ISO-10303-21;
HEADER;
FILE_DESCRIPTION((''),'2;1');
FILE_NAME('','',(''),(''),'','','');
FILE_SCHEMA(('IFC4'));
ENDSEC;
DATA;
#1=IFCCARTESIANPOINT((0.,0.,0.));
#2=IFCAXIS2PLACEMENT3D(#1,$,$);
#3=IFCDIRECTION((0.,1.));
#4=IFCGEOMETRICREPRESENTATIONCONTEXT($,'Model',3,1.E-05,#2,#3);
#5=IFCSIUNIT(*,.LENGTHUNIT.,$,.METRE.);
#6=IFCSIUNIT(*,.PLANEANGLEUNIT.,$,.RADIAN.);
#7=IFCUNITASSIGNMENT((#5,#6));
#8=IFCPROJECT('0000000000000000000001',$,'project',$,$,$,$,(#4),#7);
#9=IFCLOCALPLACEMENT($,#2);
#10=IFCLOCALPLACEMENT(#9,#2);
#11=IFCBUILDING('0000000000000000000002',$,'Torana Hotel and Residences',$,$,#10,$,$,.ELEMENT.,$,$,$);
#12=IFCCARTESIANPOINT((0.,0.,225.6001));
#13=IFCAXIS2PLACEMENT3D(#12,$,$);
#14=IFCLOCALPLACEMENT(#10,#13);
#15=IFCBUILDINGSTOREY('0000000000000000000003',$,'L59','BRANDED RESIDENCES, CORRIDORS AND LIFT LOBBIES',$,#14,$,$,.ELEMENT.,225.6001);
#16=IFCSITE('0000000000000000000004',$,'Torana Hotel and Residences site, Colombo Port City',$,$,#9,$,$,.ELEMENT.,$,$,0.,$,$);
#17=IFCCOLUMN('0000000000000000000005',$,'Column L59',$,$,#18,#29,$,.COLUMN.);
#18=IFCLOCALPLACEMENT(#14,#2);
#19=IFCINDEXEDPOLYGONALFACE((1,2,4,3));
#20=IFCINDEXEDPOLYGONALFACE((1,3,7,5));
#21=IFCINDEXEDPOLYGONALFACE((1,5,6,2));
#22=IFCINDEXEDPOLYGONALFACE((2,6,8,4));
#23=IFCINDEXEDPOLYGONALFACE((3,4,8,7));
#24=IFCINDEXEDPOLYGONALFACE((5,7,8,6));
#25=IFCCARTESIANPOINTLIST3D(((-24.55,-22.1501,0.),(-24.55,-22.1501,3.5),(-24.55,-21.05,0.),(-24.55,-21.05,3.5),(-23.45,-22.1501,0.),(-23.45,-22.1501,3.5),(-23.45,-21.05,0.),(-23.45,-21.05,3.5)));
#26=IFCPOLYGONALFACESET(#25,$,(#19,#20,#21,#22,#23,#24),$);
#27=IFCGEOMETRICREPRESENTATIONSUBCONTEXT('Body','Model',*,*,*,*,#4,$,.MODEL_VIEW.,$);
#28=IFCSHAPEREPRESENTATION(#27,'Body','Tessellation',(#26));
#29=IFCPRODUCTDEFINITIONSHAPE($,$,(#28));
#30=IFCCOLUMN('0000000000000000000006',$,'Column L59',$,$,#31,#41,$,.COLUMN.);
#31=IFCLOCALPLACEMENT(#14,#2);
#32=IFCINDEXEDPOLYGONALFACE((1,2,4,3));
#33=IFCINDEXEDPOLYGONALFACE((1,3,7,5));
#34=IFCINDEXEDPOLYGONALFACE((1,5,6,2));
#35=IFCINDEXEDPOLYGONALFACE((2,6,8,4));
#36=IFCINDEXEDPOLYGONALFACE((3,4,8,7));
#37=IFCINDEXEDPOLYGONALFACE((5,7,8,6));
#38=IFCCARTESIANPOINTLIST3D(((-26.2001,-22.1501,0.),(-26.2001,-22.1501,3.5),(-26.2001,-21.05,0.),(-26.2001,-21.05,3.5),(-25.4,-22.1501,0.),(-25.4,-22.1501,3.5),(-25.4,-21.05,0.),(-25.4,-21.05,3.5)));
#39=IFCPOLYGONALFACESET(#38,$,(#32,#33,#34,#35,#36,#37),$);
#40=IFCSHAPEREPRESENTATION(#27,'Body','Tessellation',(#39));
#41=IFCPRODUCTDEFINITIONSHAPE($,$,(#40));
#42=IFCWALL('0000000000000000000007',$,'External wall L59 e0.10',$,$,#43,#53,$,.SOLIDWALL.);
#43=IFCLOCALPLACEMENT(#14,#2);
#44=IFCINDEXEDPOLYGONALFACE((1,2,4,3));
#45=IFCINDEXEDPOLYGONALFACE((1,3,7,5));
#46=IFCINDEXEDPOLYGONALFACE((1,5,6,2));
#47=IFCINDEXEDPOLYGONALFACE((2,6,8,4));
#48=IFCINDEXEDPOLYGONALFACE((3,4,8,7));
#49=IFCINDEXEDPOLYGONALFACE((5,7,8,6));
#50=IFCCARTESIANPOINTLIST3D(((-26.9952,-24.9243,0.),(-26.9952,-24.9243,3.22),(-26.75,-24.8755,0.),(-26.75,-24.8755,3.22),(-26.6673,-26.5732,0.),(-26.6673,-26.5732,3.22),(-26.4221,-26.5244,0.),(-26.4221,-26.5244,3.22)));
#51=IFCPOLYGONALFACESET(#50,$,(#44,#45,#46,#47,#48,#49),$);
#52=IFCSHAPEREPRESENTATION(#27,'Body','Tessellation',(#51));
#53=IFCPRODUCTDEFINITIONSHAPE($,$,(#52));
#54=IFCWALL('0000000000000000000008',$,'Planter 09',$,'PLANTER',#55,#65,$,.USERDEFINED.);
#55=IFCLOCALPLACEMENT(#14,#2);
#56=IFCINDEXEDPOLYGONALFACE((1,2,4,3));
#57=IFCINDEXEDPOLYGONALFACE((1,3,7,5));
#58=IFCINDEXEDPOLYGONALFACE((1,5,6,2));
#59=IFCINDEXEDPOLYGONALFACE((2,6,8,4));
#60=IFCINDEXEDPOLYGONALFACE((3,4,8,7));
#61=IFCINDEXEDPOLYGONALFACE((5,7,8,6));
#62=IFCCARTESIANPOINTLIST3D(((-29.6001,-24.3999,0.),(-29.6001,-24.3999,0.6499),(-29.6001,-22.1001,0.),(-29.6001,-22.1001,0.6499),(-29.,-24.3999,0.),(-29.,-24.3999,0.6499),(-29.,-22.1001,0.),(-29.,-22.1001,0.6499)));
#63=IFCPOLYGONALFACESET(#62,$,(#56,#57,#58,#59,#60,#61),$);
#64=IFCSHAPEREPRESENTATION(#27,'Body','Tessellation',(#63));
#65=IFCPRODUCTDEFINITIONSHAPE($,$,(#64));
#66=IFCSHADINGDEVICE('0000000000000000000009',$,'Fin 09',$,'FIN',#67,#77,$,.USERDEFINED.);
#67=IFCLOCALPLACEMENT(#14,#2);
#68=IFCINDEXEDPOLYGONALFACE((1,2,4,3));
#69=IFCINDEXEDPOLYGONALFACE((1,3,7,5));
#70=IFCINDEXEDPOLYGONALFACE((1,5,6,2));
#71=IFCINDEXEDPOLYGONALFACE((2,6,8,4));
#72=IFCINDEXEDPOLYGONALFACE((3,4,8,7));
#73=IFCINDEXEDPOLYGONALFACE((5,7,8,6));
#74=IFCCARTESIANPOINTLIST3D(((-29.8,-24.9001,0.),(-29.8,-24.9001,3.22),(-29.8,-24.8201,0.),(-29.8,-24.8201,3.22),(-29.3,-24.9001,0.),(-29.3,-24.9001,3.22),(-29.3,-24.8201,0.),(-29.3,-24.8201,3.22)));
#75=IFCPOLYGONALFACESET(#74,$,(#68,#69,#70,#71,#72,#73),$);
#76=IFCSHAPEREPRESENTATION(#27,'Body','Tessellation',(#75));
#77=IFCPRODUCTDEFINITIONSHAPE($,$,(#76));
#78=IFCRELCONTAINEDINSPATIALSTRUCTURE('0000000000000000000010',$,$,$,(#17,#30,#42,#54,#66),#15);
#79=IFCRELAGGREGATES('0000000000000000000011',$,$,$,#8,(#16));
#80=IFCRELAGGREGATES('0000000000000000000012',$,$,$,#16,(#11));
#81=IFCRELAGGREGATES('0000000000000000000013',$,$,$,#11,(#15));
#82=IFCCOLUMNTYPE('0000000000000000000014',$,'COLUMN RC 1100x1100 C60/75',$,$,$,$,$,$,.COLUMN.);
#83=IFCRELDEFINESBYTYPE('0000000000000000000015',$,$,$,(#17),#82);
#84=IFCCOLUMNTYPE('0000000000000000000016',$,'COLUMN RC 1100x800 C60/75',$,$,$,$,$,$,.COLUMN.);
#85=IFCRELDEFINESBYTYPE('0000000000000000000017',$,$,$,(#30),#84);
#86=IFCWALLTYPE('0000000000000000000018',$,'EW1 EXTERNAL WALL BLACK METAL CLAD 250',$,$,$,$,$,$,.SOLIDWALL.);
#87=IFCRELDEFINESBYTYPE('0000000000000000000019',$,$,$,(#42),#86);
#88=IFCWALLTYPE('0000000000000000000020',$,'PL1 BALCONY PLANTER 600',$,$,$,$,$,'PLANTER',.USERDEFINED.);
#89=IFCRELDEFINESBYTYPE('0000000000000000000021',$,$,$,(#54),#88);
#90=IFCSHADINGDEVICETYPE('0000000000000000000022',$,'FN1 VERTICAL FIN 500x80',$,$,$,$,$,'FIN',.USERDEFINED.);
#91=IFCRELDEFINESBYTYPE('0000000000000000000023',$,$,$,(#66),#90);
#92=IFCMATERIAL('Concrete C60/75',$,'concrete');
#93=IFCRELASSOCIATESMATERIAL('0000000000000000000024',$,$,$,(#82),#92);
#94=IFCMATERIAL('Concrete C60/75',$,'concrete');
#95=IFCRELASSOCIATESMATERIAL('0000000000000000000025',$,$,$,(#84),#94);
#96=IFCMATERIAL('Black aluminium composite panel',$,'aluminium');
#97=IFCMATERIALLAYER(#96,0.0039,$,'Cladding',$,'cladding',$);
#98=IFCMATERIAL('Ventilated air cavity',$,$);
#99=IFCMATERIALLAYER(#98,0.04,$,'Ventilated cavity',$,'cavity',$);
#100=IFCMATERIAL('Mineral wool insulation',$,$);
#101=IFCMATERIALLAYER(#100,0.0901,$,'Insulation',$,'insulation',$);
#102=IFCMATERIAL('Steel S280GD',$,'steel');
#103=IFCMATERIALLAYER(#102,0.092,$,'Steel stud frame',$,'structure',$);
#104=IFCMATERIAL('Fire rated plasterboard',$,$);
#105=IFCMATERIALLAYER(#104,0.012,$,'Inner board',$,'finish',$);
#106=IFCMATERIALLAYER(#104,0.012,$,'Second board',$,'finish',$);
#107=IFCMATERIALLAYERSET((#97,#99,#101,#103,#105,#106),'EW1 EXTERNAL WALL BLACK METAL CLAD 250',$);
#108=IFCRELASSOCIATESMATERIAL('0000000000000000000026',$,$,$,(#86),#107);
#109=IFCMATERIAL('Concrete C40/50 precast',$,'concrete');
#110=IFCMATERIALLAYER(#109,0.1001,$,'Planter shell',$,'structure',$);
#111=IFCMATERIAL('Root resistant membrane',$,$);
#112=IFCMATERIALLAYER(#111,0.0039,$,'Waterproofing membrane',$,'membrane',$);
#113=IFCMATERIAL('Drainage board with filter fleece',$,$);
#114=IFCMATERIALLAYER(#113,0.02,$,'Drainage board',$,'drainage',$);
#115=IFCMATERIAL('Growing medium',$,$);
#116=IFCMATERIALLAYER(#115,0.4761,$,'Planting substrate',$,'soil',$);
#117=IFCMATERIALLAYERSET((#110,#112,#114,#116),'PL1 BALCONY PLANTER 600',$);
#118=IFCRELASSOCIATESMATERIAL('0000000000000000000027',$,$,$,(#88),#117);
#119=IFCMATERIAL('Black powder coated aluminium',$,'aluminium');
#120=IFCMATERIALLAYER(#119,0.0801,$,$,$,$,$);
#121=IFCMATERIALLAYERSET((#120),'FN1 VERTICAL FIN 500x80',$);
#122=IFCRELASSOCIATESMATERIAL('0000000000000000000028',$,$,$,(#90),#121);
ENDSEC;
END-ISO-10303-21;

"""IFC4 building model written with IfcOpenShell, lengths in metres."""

from ifc_helpers import new_model, si_unit, direction, frame, frame_2d, origin, origin_2d, place, context, subcontext, project, spatial, rectangle, extrude, material, layer, layer_set, material_profile, profile_set, type_object, element, save


model = new_model("IFC4")

# Units and contexts
model_context = context("Model", 3, precision=1e-05, world=origin(), true_north=direction((0.0, 1.0)))
body_context = subcontext(model_context, "Body", "Model", "MODEL_VIEW")
ifc_project = project(units=[si_unit("LENGTHUNIT", "METRE"), si_unit("PLANEANGLEUNIT", "RADIAN")], contexts=[model_context])

# Site, building, storey
site_placement = place(None, origin())
site = spatial("IfcSite", under=ifc_project, at=site_placement, Name="Torana Hotel and Residences site, Colombo Port City", CompositionType="ELEMENT", RefElevation=0.0)
building_placement = place(site_placement, origin())
building = spatial("IfcBuilding", under=site, at=building_placement, Name="Torana Hotel and Residences", CompositionType="ELEMENT")
storey_placement = place(building_placement, frame((0.0, 0.0, 225.6001)))
storey = spatial("IfcBuildingStorey", under=building, at=storey_placement, Name="L59", Description="BRANDED RESIDENCES, CORRIDORS AND LIFT LOBBIES", CompositionType="ELEMENT", Elevation=225.6001)

# Columns
ifc_material_1 = material(Name="Concrete C60/75", Category="concrete")
ifc_material_profile_1 = material_profile(ifc_material_1, rectangle(XDim=1.1001, YDim=1.1001, at=origin_2d()), Name="RC 1100x1100")
ifc_profile_set_1 = profile_set([ifc_material_profile_1], Name="Concrete C60/75")
column_type_1 = type_object("IfcColumnType", Name="COLUMN RC 1100x1100 C60/75", PredefinedType="COLUMN", material=ifc_profile_set_1)
column_1_placement = place(storey_placement, frame((-24.0, -21.6001, 0.0), z_axis=(0.0, 0.0, 1.0), x_axis=(1.0, 0.0, 0.0)))
element("IfcColumn", 1, at=column_1_placement, inside=storey, type_object=column_type_1, Name="Column L59", PredefinedType="COLUMN", context=body_context, shape_type="SweptSolid", body=[
    extrude(rectangle(XDim=1.1001, YDim=1.1001, at=origin_2d()), origin(), (0.0, 0.0, 1.0), 3.5),
])
ifc_material_2 = material(Name="Concrete C60/75", Category="concrete")
ifc_material_profile_2 = material_profile(ifc_material_2, rectangle(XDim=1.1001, YDim=0.8, at=origin_2d()), Name="RC 1100x800")
ifc_profile_set_2 = profile_set([ifc_material_profile_2], Name="Concrete C60/75")
column_type_2 = type_object("IfcColumnType", Name="COLUMN RC 1100x800 C60/75", PredefinedType="COLUMN", material=ifc_profile_set_2)
column_2_placement = place(storey_placement, frame((-25.8, -21.6001, 0.0), z_axis=(0.0, 0.0, 1.0), x_axis=(0.0, 1.0, 0.0)))
element("IfcColumn", 2, at=column_2_placement, inside=storey, type_object=column_type_2, Name="Column L59", PredefinedType="COLUMN", context=body_context, shape_type="SweptSolid", body=[
    extrude(rectangle(XDim=1.1001, YDim=0.8, at=origin_2d()), origin(), (0.0, 0.0, 1.0), 3.5),
])

# Walls
ifc_material_3 = material(Name="Black aluminium composite panel", Category="aluminium")
ifc_layer_1 = layer(ifc_material_3, 0.0039, Name="Cladding", Category="cladding")
ifc_material_4 = material(Name="Ventilated air cavity")
ifc_layer_2 = layer(ifc_material_4, 0.04, Name="Ventilated cavity", Category="cavity")
ifc_material_5 = material(Name="Mineral wool insulation")
ifc_layer_3 = layer(ifc_material_5, 0.0901, Name="Insulation", Category="insulation")
ifc_material_6 = material(Name="Steel S280GD", Category="steel")
ifc_layer_4 = layer(ifc_material_6, 0.092, Name="Steel stud frame", Category="structure")
ifc_material_7 = material(Name="Fire rated plasterboard")
ifc_layer_5 = layer(ifc_material_7, 0.012, Name="Inner board", Category="finish")
ifc_layer_6 = layer(ifc_material_7, 0.012, Name="Second board", Category="finish")
ifc_layer_set_1 = layer_set([ifc_layer_1, ifc_layer_2, ifc_layer_3, ifc_layer_4, ifc_layer_5, ifc_layer_6], Name="EW1 EXTERNAL WALL BLACK METAL CLAD 250")
wall_type_1 = type_object("IfcWallType", Name="EW1 EXTERNAL WALL BLACK METAL CLAD 250", PredefinedType="SOLIDWALL", material=ifc_layer_set_1)
wall_1_placement = place(storey_placement, frame((-26.8726, -24.8999, 0.0), z_axis=(0.0, 0.0, 1.0), x_axis=(0.195027, -0.980798, 0.0)))
element("IfcWall", 3, at=wall_1_placement, inside=storey, type_object=wall_type_1, Name="External wall L59 e0.10", PredefinedType="SOLIDWALL", context=body_context, shape_type="SweptSolid", body=[
    extrude(rectangle(XDim=1.6812, YDim=0.25, at=frame_2d((0.8406, 0.0))), origin(), (0.0, 0.0, 1.0), 3.22),
])
ifc_material_8 = material(Name="Concrete C40/50 precast", Category="concrete")
ifc_layer_7 = layer(ifc_material_8, 0.1001, Name="Planter shell", Category="structure")
ifc_material_9 = material(Name="Root resistant membrane")
ifc_layer_8 = layer(ifc_material_9, 0.0039, Name="Waterproofing membrane", Category="membrane")
ifc_material_10 = material(Name="Drainage board with filter fleece")
ifc_layer_9 = layer(ifc_material_10, 0.02, Name="Drainage board", Category="drainage")
ifc_material_11 = material(Name="Growing medium")
ifc_layer_10 = layer(ifc_material_11, 0.4761, Name="Planting substrate", Category="soil")
ifc_layer_set_2 = layer_set([ifc_layer_7, ifc_layer_8, ifc_layer_9, ifc_layer_10], Name="PL1 BALCONY PLANTER 600")
wall_type_2 = type_object("IfcWallType", Name="PL1 BALCONY PLANTER 600", ElementType="PLANTER", PredefinedType="USERDEFINED", material=ifc_layer_set_2)
wall_2_placement = place(storey_placement, frame((-29.3, -24.3999, 0.0), z_axis=(0.0, 0.0, 1.0), x_axis=(0.0, 1.0, 0.0)))
element("IfcWall", 4, at=wall_2_placement, inside=storey, type_object=wall_type_2, Name="Planter 09", ObjectType="PLANTER", PredefinedType="USERDEFINED", context=body_context, shape_type="SweptSolid", body=[
    extrude(rectangle(XDim=2.2998, YDim=0.6001, at=frame_2d((1.1499, 0.0))), origin(), (0.0, 0.0, 1.0), 0.6499),
])

# Shading device
ifc_material_12 = material(Name="Black powder coated aluminium", Category="aluminium")
ifc_layer_11 = layer(ifc_material_12, 0.0801)
ifc_layer_set_3 = layer_set([ifc_layer_11], Name="FN1 VERTICAL FIN 500x80")
shading_device_type = type_object("IfcShadingDeviceType", Name="FN1 VERTICAL FIN 500x80", ElementType="FIN", PredefinedType="USERDEFINED", material=ifc_layer_set_3)
shading_device_placement = place(storey_placement, frame((-29.55, -24.8601, 0.0), z_axis=(0.0, 0.0, 1.0), x_axis=(0.0, 1.0, 0.0)))
element("IfcShadingDevice", 5, at=shading_device_placement, inside=storey, type_object=shading_device_type, Name="Fin 09", ObjectType="FIN", PredefinedType="USERDEFINED", context=body_context, shape_type="SweptSolid", body=[
    extrude(rectangle(XDim=0.0801, YDim=0.5, at=origin_2d()), origin(), (0.0, 0.0, 1.0), 3.22),
])

save(model, "model.ifc")
